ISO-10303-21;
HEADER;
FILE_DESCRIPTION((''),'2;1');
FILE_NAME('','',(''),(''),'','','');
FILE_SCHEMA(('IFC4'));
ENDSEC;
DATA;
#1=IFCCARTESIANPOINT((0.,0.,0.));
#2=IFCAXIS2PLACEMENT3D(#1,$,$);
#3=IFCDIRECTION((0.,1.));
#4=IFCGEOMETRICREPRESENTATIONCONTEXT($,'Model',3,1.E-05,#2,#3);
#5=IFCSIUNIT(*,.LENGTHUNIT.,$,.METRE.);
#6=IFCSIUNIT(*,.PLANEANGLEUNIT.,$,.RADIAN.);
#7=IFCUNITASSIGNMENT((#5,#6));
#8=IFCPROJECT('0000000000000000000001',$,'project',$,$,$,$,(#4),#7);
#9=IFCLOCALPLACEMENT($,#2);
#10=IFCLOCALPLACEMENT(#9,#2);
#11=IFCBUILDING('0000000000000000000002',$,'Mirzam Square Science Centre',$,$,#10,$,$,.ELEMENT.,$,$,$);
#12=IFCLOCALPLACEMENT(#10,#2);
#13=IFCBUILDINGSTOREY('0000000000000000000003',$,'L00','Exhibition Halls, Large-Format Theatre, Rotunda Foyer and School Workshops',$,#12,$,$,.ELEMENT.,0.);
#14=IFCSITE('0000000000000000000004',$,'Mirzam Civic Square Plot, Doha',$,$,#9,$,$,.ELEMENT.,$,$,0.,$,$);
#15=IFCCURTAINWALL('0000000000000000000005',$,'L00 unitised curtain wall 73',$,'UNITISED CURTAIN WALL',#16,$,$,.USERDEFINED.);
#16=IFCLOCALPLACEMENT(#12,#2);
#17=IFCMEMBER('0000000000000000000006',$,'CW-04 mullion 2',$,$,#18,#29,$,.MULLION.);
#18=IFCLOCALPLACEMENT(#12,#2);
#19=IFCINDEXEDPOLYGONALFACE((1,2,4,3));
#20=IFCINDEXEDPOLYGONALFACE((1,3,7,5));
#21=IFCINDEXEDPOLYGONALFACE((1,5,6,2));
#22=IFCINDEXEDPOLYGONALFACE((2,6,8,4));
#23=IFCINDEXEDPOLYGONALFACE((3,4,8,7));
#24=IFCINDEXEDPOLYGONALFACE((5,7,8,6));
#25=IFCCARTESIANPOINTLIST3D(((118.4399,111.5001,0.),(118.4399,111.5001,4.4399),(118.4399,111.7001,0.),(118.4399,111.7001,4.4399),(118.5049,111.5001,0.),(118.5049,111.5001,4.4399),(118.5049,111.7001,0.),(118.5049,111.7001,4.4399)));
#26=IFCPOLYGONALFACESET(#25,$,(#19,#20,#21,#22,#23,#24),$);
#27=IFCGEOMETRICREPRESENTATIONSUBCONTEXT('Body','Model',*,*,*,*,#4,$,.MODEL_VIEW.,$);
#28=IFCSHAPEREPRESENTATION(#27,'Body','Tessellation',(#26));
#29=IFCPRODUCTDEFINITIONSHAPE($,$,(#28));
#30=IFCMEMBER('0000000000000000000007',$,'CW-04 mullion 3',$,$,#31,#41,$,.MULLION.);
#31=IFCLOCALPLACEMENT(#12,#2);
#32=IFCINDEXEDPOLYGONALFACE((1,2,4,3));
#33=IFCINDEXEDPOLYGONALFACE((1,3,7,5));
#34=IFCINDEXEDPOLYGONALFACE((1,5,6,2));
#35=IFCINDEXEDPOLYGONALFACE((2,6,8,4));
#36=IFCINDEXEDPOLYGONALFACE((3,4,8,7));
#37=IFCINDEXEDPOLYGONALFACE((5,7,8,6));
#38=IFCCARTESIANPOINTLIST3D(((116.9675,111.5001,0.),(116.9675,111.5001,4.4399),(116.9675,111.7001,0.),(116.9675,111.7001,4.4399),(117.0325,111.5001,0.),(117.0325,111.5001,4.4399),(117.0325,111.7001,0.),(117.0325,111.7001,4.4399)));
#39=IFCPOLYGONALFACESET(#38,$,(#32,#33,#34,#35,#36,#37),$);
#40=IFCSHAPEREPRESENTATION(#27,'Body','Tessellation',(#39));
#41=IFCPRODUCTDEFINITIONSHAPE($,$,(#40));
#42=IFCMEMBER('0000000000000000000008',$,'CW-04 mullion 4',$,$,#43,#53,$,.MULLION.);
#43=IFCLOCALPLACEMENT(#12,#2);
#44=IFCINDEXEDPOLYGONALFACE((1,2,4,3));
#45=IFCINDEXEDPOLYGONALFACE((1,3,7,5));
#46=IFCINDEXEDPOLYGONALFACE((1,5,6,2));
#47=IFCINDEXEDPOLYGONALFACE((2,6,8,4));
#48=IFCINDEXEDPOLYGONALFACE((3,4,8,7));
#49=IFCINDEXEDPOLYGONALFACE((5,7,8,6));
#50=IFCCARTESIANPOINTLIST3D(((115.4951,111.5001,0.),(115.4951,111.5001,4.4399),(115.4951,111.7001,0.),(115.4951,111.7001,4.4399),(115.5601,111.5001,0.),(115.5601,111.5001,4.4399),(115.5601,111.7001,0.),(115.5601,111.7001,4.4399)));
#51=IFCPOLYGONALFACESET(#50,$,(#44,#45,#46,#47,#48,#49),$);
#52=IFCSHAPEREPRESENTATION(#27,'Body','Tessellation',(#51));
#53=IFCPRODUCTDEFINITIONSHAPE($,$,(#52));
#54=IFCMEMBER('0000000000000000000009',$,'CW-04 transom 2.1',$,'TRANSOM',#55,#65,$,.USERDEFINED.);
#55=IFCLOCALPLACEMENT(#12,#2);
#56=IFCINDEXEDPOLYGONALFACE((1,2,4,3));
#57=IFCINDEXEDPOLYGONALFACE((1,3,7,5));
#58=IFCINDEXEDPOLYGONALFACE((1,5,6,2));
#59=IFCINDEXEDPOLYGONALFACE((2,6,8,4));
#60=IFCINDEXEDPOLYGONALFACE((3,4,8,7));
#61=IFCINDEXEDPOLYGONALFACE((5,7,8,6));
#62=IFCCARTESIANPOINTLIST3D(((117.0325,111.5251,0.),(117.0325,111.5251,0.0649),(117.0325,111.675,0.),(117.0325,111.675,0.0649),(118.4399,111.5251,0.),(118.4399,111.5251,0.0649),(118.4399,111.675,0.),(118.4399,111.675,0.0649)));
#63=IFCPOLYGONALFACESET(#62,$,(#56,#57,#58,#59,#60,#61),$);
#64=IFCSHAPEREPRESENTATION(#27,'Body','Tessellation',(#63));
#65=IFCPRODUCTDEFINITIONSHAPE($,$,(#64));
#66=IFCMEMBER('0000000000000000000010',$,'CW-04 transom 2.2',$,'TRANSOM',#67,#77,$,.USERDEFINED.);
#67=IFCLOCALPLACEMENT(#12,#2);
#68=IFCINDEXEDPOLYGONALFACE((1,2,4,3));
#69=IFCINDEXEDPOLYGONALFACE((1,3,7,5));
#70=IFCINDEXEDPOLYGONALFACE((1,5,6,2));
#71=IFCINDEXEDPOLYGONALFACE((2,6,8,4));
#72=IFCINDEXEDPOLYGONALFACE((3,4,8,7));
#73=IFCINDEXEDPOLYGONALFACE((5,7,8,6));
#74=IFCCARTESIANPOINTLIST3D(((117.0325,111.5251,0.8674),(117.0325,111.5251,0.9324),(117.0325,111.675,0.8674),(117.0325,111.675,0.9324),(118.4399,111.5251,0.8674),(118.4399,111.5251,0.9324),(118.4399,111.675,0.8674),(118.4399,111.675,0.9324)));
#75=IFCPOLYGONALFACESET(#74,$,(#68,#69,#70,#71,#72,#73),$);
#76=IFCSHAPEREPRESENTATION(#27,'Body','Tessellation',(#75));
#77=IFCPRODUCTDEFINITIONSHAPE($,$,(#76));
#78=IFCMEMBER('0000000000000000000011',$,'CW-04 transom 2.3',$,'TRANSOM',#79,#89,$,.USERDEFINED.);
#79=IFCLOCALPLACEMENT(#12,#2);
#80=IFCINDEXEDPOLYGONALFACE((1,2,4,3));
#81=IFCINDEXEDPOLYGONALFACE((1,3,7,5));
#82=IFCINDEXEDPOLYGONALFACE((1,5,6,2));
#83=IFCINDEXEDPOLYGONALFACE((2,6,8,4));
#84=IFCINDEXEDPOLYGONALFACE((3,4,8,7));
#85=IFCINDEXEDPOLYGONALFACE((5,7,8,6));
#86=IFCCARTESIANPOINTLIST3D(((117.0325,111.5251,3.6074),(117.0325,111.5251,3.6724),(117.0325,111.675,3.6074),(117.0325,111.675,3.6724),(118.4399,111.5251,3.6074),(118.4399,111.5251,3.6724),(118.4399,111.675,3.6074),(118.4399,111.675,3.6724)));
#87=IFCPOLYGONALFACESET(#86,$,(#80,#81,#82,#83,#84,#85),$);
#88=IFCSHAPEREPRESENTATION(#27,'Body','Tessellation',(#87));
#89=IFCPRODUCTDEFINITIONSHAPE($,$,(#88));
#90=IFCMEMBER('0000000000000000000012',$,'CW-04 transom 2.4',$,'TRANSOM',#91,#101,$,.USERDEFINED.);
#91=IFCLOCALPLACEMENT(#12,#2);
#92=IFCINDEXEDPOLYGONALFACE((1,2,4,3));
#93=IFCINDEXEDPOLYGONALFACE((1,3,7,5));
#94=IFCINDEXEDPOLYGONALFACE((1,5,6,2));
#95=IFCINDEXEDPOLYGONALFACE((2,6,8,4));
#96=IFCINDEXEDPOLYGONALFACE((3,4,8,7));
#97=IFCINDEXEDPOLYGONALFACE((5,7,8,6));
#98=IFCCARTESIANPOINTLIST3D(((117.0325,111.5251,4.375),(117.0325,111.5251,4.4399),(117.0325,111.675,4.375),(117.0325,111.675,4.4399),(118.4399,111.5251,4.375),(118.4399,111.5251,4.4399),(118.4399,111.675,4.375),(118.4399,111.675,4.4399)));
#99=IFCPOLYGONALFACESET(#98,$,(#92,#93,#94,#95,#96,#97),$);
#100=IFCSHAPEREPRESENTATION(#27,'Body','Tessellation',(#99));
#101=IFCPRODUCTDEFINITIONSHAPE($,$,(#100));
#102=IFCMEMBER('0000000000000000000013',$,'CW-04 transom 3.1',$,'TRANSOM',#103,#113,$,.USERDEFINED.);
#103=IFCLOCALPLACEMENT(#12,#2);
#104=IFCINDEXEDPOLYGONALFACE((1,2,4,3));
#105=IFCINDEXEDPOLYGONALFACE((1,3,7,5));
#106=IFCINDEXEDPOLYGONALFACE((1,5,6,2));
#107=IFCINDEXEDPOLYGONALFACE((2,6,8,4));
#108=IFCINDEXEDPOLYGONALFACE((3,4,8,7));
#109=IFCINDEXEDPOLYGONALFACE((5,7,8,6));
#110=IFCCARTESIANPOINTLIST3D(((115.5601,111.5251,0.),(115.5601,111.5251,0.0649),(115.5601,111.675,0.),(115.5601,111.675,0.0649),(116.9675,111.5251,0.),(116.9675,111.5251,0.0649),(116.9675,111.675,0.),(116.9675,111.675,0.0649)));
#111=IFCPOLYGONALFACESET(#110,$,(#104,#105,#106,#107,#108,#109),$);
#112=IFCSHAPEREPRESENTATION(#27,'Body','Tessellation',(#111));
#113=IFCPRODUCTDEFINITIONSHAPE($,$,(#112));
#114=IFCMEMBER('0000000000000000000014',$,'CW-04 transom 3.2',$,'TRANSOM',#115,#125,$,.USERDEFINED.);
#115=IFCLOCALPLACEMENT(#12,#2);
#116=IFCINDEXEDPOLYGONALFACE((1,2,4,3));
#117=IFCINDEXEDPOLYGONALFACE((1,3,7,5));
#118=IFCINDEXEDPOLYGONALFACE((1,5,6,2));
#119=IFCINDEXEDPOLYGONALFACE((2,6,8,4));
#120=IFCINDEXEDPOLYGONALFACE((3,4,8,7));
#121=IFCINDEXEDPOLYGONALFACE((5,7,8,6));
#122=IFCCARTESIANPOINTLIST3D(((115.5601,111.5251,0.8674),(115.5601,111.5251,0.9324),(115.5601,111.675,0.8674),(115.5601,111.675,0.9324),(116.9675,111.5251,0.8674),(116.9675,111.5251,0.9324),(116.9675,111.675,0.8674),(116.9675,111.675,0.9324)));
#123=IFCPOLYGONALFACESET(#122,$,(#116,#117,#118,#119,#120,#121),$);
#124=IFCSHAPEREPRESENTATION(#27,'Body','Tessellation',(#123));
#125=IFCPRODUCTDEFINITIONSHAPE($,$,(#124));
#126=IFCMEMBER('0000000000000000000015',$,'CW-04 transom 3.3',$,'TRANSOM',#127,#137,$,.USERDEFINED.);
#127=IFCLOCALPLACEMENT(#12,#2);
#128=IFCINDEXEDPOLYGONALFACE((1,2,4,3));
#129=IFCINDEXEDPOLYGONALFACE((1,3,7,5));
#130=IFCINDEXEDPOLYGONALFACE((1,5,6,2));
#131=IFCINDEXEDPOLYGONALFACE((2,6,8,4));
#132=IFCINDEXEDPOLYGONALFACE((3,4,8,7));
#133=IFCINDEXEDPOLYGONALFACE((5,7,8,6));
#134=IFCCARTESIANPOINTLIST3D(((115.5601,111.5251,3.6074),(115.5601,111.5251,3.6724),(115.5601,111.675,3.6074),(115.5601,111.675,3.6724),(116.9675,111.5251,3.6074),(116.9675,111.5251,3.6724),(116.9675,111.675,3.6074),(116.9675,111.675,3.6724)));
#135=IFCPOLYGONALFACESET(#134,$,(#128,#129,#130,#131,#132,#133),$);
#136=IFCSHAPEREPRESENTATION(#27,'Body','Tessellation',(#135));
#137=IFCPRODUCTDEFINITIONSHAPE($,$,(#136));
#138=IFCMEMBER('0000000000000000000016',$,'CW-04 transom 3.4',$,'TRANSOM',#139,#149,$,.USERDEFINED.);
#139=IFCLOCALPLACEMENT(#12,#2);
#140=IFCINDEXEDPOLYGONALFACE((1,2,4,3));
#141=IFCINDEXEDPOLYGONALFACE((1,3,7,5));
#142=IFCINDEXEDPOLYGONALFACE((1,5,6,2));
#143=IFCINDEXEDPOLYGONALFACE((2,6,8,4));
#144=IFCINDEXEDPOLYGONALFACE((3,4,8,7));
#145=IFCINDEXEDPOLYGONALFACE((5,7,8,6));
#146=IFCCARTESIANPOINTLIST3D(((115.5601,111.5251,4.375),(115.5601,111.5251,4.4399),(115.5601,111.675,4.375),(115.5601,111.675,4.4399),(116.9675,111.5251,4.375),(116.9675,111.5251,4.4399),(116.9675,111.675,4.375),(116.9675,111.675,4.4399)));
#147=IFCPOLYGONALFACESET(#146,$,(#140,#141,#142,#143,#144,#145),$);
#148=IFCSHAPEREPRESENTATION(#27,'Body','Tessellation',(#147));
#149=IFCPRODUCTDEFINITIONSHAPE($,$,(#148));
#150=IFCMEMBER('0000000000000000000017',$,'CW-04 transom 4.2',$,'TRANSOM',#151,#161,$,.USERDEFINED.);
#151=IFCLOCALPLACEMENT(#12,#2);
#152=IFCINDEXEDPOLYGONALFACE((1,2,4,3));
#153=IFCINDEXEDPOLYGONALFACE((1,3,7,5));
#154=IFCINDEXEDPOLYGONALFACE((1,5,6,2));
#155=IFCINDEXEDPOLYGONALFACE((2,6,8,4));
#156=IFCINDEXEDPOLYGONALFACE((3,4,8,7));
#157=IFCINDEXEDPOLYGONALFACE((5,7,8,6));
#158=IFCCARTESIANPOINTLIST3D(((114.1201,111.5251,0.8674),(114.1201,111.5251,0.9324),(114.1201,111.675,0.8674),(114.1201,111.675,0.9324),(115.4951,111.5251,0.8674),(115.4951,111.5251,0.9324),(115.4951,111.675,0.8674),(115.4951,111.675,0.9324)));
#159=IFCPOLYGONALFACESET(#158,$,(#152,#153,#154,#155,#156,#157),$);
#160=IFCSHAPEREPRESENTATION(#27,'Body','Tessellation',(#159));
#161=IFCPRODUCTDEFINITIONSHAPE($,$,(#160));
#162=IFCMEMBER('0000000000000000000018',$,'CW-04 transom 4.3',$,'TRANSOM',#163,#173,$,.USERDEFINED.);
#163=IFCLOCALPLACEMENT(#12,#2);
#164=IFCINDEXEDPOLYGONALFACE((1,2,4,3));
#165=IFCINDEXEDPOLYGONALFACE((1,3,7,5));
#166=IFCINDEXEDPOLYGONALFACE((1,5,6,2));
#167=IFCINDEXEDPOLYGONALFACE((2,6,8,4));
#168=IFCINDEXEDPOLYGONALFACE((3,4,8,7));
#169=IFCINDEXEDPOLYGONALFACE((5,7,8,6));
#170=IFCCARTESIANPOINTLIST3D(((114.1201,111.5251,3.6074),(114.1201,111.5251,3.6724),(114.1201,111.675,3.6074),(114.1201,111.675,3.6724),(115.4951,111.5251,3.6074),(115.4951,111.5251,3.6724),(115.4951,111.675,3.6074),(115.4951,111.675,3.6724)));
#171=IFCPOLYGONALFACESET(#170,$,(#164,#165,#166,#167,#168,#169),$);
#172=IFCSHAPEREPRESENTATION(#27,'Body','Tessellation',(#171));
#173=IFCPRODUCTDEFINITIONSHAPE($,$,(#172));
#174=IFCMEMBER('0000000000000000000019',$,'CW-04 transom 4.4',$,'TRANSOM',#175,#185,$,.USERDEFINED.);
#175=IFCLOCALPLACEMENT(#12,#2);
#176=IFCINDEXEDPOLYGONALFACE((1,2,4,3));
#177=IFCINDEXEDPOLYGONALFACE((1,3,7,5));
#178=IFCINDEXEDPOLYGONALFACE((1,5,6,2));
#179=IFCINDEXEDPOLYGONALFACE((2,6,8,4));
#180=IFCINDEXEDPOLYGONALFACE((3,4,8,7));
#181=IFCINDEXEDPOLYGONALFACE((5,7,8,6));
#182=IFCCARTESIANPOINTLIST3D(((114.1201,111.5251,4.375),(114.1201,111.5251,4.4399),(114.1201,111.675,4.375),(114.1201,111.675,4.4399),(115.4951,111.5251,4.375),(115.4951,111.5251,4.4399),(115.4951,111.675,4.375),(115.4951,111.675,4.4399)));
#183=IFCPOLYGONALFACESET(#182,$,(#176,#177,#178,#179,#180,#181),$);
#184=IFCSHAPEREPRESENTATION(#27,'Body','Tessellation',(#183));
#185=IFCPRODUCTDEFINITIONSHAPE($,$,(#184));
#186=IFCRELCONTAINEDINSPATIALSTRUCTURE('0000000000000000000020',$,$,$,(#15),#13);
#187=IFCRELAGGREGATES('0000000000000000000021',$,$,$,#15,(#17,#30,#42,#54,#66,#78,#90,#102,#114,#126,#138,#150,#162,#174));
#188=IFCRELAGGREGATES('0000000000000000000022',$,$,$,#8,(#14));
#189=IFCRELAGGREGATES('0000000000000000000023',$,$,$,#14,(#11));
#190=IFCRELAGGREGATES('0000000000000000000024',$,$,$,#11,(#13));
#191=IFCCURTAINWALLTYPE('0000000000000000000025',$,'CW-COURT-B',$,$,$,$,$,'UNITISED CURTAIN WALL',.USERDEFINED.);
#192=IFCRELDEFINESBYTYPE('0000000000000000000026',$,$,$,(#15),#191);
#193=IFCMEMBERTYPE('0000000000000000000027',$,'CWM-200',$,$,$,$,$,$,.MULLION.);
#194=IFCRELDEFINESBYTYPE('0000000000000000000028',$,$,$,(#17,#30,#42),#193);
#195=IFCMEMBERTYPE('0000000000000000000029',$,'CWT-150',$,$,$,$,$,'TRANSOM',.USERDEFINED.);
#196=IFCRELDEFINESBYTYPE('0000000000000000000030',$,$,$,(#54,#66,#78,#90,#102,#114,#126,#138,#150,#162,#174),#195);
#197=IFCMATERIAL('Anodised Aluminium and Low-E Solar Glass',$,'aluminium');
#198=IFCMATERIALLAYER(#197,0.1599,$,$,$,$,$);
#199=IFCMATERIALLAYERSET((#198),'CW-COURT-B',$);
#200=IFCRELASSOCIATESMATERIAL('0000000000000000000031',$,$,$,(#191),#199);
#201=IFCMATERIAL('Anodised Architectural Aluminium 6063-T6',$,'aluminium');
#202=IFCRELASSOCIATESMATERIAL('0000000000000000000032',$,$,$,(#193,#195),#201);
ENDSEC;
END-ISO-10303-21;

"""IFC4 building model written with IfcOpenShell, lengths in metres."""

from ifc_helpers import new_model, si_unit, direction, frame, origin, origin_2d, place, context, subcontext, project, spatial, rectangle, extrude, material, layer, layer_set, material_profile, profile_set, type_object, element, aggregate, save


model = new_model("IFC4")

# Units and contexts
model_context = context("Model", 3, precision=1e-05, world=origin(), true_north=direction((0.0, 1.0)))
body_context = subcontext(model_context, "Body", "Model", "MODEL_VIEW")
ifc_project = project(units=[si_unit("LENGTHUNIT", "METRE"), si_unit("PLANEANGLEUNIT", "RADIAN")], contexts=[model_context])

# Site, building, storey
site_placement = place(None, origin())
site = spatial("IfcSite", under=ifc_project, at=site_placement, Name="Mirzam Civic Square Plot, Doha", CompositionType="ELEMENT", RefElevation=0.0)
building_placement = place(site_placement, origin())
building = spatial("IfcBuilding", under=site, at=building_placement, Name="Mirzam Square Science Centre", CompositionType="ELEMENT")
storey_placement = place(building_placement, origin())
storey = spatial("IfcBuildingStorey", under=building, at=storey_placement, Name="L00", Description="Exhibition Halls, Large-Format Theatre, Rotunda Foyer and School Workshops", CompositionType="ELEMENT", Elevation=0.0)

# Curtain wall, members
ifc_material_1 = material(Name="Anodised Aluminium and Low-E Solar Glass", Category="aluminium")
ifc_layer_1 = layer(ifc_material_1, 0.1599)
ifc_layer_set_1 = layer_set([ifc_layer_1], Name="CW-COURT-B")
curtain_wall_type = type_object("IfcCurtainWallType", Name="CW-COURT-B", ElementType="UNITISED CURTAIN WALL", PredefinedType="USERDEFINED", material=ifc_layer_set_1)
curtain_wall_placement = place(storey_placement, origin())
curtain_wall = element("IfcCurtainWall", 1, at=curtain_wall_placement, inside=storey, type_object=curtain_wall_type, Name="L00 unitised curtain wall 73", ObjectType="UNITISED CURTAIN WALL", PredefinedType="USERDEFINED")
ifc_material_2 = material(Name="Anodised Architectural Aluminium 6063-T6", Category="aluminium")
ifc_material_profile_1 = material_profile(ifc_material_2, rectangle(XDim=0.0649, YDim=0.2, at=origin_2d()), Name="ALU-MULL-200x65x5")
ifc_profile_set_1 = profile_set([ifc_material_profile_1], Name="Anodised Architectural Aluminium 6063-T6")
member_type_1 = type_object("IfcMemberType", Name="CWM-200", PredefinedType="MULLION", material=ifc_profile_set_1)
member_1_placement = place(storey_placement, frame((118.4724, 111.6001, 0.0), z_axis=(0.0, 0.0, 1.0), x_axis=(-1.0, 0.0, 0.0)))
member_1 = element("IfcMember", 2, at=member_1_placement, type_object=member_type_1, Name="CW-04 mullion 2", PredefinedType="MULLION", context=body_context, shape_type="SweptSolid", body=[
    extrude(rectangle(XDim=0.0649, YDim=0.2, at=origin_2d()), origin(), (0.0, 0.0, 1.0), 4.4399),
])
member_2_placement = place(storey_placement, frame((117.0, 111.6001, 0.0), z_axis=(0.0, 0.0, 1.0), x_axis=(-1.0, 0.0, 0.0)))
member_2 = element("IfcMember", 3, at=member_2_placement, type_object=member_type_1, Name="CW-04 mullion 3", PredefinedType="MULLION", context=body_context, shape_type="SweptSolid", body=[
    extrude(rectangle(XDim=0.0649, YDim=0.2, at=origin_2d()), origin(), (0.0, 0.0, 1.0), 4.4399),
])
member_3_placement = place(storey_placement, frame((115.5276, 111.6001, 0.0), z_axis=(0.0, 0.0, 1.0), x_axis=(-1.0, 0.0, 0.0)))
member_3 = element("IfcMember", 4, at=member_3_placement, type_object=member_type_1, Name="CW-04 mullion 4", PredefinedType="MULLION", context=body_context, shape_type="SweptSolid", body=[
    extrude(rectangle(XDim=0.0649, YDim=0.2, at=origin_2d()), origin(), (0.0, 0.0, 1.0), 4.4399),
])
ifc_material_profile_2 = material_profile(ifc_material_2, rectangle(XDim=0.1499, YDim=0.0649, at=origin_2d()), Name="ALU-TRAN-150x65x4")
ifc_profile_set_2 = profile_set([ifc_material_profile_2], Name="Anodised Architectural Aluminium 6063-T6")
member_type_2 = type_object("IfcMemberType", Name="CWT-150", ElementType="TRANSOM", PredefinedType="USERDEFINED", material=ifc_profile_set_2)
member_4_placement = place(storey_placement, frame((118.4399, 111.6001, 0.0325), z_axis=(-1.0, 0.0, 0.0), x_axis=(0.0, -1.0, 0.0)))
member_4 = element("IfcMember", 5, at=member_4_placement, type_object=member_type_2, Name="CW-04 transom 2.1", ObjectType="TRANSOM", PredefinedType="USERDEFINED", context=body_context, shape_type="SweptSolid", body=[
    extrude(rectangle(XDim=0.1499, YDim=0.0649, at=origin_2d()), origin(), (0.0, 0.0, 1.0), 1.4075),
])
member_5_placement = place(storey_placement, frame((118.4399, 111.6001, 0.8999), z_axis=(-1.0, 0.0, 0.0), x_axis=(0.0, -1.0, 0.0)))
member_5 = element("IfcMember", 6, at=member_5_placement, type_object=member_type_2, Name="CW-04 transom 2.2", ObjectType="TRANSOM", PredefinedType="USERDEFINED", context=body_context, shape_type="SweptSolid", body=[
    extrude(rectangle(XDim=0.1499, YDim=0.0649, at=origin_2d()), origin(), (0.0, 0.0, 1.0), 1.4075),
])
member_6_placement = place(storey_placement, frame((118.4399, 111.6001, 3.6399), z_axis=(-1.0, 0.0, 0.0), x_axis=(0.0, -1.0, 0.0)))
member_6 = element("IfcMember", 7, at=member_6_placement, type_object=member_type_2, Name="CW-04 transom 2.3", ObjectType="TRANSOM", PredefinedType="USERDEFINED", context=body_context, shape_type="SweptSolid", body=[
    extrude(rectangle(XDim=0.1499, YDim=0.0649, at=origin_2d()), origin(), (0.0, 0.0, 1.0), 1.4075),
])
member_7_placement = place(storey_placement, frame((118.4399, 111.6001, 4.4075), z_axis=(-1.0, 0.0, 0.0), x_axis=(0.0, -1.0, 0.0)))
member_7 = element("IfcMember", 8, at=member_7_placement, type_object=member_type_2, Name="CW-04 transom 2.4", ObjectType="TRANSOM", PredefinedType="USERDEFINED", context=body_context, shape_type="SweptSolid", body=[
    extrude(rectangle(XDim=0.1499, YDim=0.0649, at=origin_2d()), origin(), (0.0, 0.0, 1.0), 1.4075),
])
member_8_placement = place(storey_placement, frame((116.9675, 111.6001, 0.0325), z_axis=(-1.0, 0.0, 0.0), x_axis=(0.0, -1.0, 0.0)))
member_8 = element("IfcMember", 9, at=member_8_placement, type_object=member_type_2, Name="CW-04 transom 3.1", ObjectType="TRANSOM", PredefinedType="USERDEFINED", context=body_context, shape_type="SweptSolid", body=[
    extrude(rectangle(XDim=0.1499, YDim=0.0649, at=origin_2d()), origin(), (0.0, 0.0, 1.0), 1.4075),
])
member_9_placement = place(storey_placement, frame((116.9675, 111.6001, 0.8999), z_axis=(-1.0, 0.0, 0.0), x_axis=(0.0, -1.0, 0.0)))
member_9 = element("IfcMember", 10, at=member_9_placement, type_object=member_type_2, Name="CW-04 transom 3.2", ObjectType="TRANSOM", PredefinedType="USERDEFINED", context=body_context, shape_type="SweptSolid", body=[
    extrude(rectangle(XDim=0.1499, YDim=0.0649, at=origin_2d()), origin(), (0.0, 0.0, 1.0), 1.4075),
])
member_10_placement = place(storey_placement, frame((116.9675, 111.6001, 3.6399), z_axis=(-1.0, 0.0, 0.0), x_axis=(0.0, -1.0, 0.0)))
member_10 = element("IfcMember", 11, at=member_10_placement, type_object=member_type_2, Name="CW-04 transom 3.3", ObjectType="TRANSOM", PredefinedType="USERDEFINED", context=body_context, shape_type="SweptSolid", body=[
    extrude(rectangle(XDim=0.1499, YDim=0.0649, at=origin_2d()), origin(), (0.0, 0.0, 1.0), 1.4075),
])
member_11_placement = place(storey_placement, frame((116.9675, 111.6001, 4.4075), z_axis=(-1.0, 0.0, 0.0), x_axis=(0.0, -1.0, 0.0)))
member_11 = element("IfcMember", 12, at=member_11_placement, type_object=member_type_2, Name="CW-04 transom 3.4", ObjectType="TRANSOM", PredefinedType="USERDEFINED", context=body_context, shape_type="SweptSolid", body=[
    extrude(rectangle(XDim=0.1499, YDim=0.0649, at=origin_2d()), origin(), (0.0, 0.0, 1.0), 1.4075),
])
member_12_placement = place(storey_placement, frame((115.4951, 111.6001, 0.8999), z_axis=(-1.0, 0.0, 0.0), x_axis=(0.0, -1.0, 0.0)))
member_12 = element("IfcMember", 13, at=member_12_placement, type_object=member_type_2, Name="CW-04 transom 4.2", ObjectType="TRANSOM", PredefinedType="USERDEFINED", context=body_context, shape_type="SweptSolid", body=[
    extrude(rectangle(XDim=0.1499, YDim=0.0649, at=origin_2d()), origin(), (0.0, 0.0, 1.0), 1.375),
])
member_13_placement = place(storey_placement, frame((115.4951, 111.6001, 3.6399), z_axis=(-1.0, 0.0, 0.0), x_axis=(0.0, -1.0, 0.0)))
member_13 = element("IfcMember", 14, at=member_13_placement, type_object=member_type_2, Name="CW-04 transom 4.3", ObjectType="TRANSOM", PredefinedType="USERDEFINED", context=body_context, shape_type="SweptSolid", body=[
    extrude(rectangle(XDim=0.1499, YDim=0.0649, at=origin_2d()), origin(), (0.0, 0.0, 1.0), 1.375),
])
member_14_placement = place(storey_placement, frame((115.4951, 111.6001, 4.4075), z_axis=(-1.0, 0.0, 0.0), x_axis=(0.0, -1.0, 0.0)))
member_14 = element("IfcMember", 15, at=member_14_placement, type_object=member_type_2, Name="CW-04 transom 4.4", ObjectType="TRANSOM", PredefinedType="USERDEFINED", context=body_context, shape_type="SweptSolid", body=[
    extrude(rectangle(XDim=0.1499, YDim=0.0649, at=origin_2d()), origin(), (0.0, 0.0, 1.0), 1.375),
])
aggregate(curtain_wall, [member_1, member_2, member_3, member_4, member_5, member_6, member_7, member_8, member_9, member_10, member_11, member_12, member_13, member_14])

save(model, "model.ifc")
